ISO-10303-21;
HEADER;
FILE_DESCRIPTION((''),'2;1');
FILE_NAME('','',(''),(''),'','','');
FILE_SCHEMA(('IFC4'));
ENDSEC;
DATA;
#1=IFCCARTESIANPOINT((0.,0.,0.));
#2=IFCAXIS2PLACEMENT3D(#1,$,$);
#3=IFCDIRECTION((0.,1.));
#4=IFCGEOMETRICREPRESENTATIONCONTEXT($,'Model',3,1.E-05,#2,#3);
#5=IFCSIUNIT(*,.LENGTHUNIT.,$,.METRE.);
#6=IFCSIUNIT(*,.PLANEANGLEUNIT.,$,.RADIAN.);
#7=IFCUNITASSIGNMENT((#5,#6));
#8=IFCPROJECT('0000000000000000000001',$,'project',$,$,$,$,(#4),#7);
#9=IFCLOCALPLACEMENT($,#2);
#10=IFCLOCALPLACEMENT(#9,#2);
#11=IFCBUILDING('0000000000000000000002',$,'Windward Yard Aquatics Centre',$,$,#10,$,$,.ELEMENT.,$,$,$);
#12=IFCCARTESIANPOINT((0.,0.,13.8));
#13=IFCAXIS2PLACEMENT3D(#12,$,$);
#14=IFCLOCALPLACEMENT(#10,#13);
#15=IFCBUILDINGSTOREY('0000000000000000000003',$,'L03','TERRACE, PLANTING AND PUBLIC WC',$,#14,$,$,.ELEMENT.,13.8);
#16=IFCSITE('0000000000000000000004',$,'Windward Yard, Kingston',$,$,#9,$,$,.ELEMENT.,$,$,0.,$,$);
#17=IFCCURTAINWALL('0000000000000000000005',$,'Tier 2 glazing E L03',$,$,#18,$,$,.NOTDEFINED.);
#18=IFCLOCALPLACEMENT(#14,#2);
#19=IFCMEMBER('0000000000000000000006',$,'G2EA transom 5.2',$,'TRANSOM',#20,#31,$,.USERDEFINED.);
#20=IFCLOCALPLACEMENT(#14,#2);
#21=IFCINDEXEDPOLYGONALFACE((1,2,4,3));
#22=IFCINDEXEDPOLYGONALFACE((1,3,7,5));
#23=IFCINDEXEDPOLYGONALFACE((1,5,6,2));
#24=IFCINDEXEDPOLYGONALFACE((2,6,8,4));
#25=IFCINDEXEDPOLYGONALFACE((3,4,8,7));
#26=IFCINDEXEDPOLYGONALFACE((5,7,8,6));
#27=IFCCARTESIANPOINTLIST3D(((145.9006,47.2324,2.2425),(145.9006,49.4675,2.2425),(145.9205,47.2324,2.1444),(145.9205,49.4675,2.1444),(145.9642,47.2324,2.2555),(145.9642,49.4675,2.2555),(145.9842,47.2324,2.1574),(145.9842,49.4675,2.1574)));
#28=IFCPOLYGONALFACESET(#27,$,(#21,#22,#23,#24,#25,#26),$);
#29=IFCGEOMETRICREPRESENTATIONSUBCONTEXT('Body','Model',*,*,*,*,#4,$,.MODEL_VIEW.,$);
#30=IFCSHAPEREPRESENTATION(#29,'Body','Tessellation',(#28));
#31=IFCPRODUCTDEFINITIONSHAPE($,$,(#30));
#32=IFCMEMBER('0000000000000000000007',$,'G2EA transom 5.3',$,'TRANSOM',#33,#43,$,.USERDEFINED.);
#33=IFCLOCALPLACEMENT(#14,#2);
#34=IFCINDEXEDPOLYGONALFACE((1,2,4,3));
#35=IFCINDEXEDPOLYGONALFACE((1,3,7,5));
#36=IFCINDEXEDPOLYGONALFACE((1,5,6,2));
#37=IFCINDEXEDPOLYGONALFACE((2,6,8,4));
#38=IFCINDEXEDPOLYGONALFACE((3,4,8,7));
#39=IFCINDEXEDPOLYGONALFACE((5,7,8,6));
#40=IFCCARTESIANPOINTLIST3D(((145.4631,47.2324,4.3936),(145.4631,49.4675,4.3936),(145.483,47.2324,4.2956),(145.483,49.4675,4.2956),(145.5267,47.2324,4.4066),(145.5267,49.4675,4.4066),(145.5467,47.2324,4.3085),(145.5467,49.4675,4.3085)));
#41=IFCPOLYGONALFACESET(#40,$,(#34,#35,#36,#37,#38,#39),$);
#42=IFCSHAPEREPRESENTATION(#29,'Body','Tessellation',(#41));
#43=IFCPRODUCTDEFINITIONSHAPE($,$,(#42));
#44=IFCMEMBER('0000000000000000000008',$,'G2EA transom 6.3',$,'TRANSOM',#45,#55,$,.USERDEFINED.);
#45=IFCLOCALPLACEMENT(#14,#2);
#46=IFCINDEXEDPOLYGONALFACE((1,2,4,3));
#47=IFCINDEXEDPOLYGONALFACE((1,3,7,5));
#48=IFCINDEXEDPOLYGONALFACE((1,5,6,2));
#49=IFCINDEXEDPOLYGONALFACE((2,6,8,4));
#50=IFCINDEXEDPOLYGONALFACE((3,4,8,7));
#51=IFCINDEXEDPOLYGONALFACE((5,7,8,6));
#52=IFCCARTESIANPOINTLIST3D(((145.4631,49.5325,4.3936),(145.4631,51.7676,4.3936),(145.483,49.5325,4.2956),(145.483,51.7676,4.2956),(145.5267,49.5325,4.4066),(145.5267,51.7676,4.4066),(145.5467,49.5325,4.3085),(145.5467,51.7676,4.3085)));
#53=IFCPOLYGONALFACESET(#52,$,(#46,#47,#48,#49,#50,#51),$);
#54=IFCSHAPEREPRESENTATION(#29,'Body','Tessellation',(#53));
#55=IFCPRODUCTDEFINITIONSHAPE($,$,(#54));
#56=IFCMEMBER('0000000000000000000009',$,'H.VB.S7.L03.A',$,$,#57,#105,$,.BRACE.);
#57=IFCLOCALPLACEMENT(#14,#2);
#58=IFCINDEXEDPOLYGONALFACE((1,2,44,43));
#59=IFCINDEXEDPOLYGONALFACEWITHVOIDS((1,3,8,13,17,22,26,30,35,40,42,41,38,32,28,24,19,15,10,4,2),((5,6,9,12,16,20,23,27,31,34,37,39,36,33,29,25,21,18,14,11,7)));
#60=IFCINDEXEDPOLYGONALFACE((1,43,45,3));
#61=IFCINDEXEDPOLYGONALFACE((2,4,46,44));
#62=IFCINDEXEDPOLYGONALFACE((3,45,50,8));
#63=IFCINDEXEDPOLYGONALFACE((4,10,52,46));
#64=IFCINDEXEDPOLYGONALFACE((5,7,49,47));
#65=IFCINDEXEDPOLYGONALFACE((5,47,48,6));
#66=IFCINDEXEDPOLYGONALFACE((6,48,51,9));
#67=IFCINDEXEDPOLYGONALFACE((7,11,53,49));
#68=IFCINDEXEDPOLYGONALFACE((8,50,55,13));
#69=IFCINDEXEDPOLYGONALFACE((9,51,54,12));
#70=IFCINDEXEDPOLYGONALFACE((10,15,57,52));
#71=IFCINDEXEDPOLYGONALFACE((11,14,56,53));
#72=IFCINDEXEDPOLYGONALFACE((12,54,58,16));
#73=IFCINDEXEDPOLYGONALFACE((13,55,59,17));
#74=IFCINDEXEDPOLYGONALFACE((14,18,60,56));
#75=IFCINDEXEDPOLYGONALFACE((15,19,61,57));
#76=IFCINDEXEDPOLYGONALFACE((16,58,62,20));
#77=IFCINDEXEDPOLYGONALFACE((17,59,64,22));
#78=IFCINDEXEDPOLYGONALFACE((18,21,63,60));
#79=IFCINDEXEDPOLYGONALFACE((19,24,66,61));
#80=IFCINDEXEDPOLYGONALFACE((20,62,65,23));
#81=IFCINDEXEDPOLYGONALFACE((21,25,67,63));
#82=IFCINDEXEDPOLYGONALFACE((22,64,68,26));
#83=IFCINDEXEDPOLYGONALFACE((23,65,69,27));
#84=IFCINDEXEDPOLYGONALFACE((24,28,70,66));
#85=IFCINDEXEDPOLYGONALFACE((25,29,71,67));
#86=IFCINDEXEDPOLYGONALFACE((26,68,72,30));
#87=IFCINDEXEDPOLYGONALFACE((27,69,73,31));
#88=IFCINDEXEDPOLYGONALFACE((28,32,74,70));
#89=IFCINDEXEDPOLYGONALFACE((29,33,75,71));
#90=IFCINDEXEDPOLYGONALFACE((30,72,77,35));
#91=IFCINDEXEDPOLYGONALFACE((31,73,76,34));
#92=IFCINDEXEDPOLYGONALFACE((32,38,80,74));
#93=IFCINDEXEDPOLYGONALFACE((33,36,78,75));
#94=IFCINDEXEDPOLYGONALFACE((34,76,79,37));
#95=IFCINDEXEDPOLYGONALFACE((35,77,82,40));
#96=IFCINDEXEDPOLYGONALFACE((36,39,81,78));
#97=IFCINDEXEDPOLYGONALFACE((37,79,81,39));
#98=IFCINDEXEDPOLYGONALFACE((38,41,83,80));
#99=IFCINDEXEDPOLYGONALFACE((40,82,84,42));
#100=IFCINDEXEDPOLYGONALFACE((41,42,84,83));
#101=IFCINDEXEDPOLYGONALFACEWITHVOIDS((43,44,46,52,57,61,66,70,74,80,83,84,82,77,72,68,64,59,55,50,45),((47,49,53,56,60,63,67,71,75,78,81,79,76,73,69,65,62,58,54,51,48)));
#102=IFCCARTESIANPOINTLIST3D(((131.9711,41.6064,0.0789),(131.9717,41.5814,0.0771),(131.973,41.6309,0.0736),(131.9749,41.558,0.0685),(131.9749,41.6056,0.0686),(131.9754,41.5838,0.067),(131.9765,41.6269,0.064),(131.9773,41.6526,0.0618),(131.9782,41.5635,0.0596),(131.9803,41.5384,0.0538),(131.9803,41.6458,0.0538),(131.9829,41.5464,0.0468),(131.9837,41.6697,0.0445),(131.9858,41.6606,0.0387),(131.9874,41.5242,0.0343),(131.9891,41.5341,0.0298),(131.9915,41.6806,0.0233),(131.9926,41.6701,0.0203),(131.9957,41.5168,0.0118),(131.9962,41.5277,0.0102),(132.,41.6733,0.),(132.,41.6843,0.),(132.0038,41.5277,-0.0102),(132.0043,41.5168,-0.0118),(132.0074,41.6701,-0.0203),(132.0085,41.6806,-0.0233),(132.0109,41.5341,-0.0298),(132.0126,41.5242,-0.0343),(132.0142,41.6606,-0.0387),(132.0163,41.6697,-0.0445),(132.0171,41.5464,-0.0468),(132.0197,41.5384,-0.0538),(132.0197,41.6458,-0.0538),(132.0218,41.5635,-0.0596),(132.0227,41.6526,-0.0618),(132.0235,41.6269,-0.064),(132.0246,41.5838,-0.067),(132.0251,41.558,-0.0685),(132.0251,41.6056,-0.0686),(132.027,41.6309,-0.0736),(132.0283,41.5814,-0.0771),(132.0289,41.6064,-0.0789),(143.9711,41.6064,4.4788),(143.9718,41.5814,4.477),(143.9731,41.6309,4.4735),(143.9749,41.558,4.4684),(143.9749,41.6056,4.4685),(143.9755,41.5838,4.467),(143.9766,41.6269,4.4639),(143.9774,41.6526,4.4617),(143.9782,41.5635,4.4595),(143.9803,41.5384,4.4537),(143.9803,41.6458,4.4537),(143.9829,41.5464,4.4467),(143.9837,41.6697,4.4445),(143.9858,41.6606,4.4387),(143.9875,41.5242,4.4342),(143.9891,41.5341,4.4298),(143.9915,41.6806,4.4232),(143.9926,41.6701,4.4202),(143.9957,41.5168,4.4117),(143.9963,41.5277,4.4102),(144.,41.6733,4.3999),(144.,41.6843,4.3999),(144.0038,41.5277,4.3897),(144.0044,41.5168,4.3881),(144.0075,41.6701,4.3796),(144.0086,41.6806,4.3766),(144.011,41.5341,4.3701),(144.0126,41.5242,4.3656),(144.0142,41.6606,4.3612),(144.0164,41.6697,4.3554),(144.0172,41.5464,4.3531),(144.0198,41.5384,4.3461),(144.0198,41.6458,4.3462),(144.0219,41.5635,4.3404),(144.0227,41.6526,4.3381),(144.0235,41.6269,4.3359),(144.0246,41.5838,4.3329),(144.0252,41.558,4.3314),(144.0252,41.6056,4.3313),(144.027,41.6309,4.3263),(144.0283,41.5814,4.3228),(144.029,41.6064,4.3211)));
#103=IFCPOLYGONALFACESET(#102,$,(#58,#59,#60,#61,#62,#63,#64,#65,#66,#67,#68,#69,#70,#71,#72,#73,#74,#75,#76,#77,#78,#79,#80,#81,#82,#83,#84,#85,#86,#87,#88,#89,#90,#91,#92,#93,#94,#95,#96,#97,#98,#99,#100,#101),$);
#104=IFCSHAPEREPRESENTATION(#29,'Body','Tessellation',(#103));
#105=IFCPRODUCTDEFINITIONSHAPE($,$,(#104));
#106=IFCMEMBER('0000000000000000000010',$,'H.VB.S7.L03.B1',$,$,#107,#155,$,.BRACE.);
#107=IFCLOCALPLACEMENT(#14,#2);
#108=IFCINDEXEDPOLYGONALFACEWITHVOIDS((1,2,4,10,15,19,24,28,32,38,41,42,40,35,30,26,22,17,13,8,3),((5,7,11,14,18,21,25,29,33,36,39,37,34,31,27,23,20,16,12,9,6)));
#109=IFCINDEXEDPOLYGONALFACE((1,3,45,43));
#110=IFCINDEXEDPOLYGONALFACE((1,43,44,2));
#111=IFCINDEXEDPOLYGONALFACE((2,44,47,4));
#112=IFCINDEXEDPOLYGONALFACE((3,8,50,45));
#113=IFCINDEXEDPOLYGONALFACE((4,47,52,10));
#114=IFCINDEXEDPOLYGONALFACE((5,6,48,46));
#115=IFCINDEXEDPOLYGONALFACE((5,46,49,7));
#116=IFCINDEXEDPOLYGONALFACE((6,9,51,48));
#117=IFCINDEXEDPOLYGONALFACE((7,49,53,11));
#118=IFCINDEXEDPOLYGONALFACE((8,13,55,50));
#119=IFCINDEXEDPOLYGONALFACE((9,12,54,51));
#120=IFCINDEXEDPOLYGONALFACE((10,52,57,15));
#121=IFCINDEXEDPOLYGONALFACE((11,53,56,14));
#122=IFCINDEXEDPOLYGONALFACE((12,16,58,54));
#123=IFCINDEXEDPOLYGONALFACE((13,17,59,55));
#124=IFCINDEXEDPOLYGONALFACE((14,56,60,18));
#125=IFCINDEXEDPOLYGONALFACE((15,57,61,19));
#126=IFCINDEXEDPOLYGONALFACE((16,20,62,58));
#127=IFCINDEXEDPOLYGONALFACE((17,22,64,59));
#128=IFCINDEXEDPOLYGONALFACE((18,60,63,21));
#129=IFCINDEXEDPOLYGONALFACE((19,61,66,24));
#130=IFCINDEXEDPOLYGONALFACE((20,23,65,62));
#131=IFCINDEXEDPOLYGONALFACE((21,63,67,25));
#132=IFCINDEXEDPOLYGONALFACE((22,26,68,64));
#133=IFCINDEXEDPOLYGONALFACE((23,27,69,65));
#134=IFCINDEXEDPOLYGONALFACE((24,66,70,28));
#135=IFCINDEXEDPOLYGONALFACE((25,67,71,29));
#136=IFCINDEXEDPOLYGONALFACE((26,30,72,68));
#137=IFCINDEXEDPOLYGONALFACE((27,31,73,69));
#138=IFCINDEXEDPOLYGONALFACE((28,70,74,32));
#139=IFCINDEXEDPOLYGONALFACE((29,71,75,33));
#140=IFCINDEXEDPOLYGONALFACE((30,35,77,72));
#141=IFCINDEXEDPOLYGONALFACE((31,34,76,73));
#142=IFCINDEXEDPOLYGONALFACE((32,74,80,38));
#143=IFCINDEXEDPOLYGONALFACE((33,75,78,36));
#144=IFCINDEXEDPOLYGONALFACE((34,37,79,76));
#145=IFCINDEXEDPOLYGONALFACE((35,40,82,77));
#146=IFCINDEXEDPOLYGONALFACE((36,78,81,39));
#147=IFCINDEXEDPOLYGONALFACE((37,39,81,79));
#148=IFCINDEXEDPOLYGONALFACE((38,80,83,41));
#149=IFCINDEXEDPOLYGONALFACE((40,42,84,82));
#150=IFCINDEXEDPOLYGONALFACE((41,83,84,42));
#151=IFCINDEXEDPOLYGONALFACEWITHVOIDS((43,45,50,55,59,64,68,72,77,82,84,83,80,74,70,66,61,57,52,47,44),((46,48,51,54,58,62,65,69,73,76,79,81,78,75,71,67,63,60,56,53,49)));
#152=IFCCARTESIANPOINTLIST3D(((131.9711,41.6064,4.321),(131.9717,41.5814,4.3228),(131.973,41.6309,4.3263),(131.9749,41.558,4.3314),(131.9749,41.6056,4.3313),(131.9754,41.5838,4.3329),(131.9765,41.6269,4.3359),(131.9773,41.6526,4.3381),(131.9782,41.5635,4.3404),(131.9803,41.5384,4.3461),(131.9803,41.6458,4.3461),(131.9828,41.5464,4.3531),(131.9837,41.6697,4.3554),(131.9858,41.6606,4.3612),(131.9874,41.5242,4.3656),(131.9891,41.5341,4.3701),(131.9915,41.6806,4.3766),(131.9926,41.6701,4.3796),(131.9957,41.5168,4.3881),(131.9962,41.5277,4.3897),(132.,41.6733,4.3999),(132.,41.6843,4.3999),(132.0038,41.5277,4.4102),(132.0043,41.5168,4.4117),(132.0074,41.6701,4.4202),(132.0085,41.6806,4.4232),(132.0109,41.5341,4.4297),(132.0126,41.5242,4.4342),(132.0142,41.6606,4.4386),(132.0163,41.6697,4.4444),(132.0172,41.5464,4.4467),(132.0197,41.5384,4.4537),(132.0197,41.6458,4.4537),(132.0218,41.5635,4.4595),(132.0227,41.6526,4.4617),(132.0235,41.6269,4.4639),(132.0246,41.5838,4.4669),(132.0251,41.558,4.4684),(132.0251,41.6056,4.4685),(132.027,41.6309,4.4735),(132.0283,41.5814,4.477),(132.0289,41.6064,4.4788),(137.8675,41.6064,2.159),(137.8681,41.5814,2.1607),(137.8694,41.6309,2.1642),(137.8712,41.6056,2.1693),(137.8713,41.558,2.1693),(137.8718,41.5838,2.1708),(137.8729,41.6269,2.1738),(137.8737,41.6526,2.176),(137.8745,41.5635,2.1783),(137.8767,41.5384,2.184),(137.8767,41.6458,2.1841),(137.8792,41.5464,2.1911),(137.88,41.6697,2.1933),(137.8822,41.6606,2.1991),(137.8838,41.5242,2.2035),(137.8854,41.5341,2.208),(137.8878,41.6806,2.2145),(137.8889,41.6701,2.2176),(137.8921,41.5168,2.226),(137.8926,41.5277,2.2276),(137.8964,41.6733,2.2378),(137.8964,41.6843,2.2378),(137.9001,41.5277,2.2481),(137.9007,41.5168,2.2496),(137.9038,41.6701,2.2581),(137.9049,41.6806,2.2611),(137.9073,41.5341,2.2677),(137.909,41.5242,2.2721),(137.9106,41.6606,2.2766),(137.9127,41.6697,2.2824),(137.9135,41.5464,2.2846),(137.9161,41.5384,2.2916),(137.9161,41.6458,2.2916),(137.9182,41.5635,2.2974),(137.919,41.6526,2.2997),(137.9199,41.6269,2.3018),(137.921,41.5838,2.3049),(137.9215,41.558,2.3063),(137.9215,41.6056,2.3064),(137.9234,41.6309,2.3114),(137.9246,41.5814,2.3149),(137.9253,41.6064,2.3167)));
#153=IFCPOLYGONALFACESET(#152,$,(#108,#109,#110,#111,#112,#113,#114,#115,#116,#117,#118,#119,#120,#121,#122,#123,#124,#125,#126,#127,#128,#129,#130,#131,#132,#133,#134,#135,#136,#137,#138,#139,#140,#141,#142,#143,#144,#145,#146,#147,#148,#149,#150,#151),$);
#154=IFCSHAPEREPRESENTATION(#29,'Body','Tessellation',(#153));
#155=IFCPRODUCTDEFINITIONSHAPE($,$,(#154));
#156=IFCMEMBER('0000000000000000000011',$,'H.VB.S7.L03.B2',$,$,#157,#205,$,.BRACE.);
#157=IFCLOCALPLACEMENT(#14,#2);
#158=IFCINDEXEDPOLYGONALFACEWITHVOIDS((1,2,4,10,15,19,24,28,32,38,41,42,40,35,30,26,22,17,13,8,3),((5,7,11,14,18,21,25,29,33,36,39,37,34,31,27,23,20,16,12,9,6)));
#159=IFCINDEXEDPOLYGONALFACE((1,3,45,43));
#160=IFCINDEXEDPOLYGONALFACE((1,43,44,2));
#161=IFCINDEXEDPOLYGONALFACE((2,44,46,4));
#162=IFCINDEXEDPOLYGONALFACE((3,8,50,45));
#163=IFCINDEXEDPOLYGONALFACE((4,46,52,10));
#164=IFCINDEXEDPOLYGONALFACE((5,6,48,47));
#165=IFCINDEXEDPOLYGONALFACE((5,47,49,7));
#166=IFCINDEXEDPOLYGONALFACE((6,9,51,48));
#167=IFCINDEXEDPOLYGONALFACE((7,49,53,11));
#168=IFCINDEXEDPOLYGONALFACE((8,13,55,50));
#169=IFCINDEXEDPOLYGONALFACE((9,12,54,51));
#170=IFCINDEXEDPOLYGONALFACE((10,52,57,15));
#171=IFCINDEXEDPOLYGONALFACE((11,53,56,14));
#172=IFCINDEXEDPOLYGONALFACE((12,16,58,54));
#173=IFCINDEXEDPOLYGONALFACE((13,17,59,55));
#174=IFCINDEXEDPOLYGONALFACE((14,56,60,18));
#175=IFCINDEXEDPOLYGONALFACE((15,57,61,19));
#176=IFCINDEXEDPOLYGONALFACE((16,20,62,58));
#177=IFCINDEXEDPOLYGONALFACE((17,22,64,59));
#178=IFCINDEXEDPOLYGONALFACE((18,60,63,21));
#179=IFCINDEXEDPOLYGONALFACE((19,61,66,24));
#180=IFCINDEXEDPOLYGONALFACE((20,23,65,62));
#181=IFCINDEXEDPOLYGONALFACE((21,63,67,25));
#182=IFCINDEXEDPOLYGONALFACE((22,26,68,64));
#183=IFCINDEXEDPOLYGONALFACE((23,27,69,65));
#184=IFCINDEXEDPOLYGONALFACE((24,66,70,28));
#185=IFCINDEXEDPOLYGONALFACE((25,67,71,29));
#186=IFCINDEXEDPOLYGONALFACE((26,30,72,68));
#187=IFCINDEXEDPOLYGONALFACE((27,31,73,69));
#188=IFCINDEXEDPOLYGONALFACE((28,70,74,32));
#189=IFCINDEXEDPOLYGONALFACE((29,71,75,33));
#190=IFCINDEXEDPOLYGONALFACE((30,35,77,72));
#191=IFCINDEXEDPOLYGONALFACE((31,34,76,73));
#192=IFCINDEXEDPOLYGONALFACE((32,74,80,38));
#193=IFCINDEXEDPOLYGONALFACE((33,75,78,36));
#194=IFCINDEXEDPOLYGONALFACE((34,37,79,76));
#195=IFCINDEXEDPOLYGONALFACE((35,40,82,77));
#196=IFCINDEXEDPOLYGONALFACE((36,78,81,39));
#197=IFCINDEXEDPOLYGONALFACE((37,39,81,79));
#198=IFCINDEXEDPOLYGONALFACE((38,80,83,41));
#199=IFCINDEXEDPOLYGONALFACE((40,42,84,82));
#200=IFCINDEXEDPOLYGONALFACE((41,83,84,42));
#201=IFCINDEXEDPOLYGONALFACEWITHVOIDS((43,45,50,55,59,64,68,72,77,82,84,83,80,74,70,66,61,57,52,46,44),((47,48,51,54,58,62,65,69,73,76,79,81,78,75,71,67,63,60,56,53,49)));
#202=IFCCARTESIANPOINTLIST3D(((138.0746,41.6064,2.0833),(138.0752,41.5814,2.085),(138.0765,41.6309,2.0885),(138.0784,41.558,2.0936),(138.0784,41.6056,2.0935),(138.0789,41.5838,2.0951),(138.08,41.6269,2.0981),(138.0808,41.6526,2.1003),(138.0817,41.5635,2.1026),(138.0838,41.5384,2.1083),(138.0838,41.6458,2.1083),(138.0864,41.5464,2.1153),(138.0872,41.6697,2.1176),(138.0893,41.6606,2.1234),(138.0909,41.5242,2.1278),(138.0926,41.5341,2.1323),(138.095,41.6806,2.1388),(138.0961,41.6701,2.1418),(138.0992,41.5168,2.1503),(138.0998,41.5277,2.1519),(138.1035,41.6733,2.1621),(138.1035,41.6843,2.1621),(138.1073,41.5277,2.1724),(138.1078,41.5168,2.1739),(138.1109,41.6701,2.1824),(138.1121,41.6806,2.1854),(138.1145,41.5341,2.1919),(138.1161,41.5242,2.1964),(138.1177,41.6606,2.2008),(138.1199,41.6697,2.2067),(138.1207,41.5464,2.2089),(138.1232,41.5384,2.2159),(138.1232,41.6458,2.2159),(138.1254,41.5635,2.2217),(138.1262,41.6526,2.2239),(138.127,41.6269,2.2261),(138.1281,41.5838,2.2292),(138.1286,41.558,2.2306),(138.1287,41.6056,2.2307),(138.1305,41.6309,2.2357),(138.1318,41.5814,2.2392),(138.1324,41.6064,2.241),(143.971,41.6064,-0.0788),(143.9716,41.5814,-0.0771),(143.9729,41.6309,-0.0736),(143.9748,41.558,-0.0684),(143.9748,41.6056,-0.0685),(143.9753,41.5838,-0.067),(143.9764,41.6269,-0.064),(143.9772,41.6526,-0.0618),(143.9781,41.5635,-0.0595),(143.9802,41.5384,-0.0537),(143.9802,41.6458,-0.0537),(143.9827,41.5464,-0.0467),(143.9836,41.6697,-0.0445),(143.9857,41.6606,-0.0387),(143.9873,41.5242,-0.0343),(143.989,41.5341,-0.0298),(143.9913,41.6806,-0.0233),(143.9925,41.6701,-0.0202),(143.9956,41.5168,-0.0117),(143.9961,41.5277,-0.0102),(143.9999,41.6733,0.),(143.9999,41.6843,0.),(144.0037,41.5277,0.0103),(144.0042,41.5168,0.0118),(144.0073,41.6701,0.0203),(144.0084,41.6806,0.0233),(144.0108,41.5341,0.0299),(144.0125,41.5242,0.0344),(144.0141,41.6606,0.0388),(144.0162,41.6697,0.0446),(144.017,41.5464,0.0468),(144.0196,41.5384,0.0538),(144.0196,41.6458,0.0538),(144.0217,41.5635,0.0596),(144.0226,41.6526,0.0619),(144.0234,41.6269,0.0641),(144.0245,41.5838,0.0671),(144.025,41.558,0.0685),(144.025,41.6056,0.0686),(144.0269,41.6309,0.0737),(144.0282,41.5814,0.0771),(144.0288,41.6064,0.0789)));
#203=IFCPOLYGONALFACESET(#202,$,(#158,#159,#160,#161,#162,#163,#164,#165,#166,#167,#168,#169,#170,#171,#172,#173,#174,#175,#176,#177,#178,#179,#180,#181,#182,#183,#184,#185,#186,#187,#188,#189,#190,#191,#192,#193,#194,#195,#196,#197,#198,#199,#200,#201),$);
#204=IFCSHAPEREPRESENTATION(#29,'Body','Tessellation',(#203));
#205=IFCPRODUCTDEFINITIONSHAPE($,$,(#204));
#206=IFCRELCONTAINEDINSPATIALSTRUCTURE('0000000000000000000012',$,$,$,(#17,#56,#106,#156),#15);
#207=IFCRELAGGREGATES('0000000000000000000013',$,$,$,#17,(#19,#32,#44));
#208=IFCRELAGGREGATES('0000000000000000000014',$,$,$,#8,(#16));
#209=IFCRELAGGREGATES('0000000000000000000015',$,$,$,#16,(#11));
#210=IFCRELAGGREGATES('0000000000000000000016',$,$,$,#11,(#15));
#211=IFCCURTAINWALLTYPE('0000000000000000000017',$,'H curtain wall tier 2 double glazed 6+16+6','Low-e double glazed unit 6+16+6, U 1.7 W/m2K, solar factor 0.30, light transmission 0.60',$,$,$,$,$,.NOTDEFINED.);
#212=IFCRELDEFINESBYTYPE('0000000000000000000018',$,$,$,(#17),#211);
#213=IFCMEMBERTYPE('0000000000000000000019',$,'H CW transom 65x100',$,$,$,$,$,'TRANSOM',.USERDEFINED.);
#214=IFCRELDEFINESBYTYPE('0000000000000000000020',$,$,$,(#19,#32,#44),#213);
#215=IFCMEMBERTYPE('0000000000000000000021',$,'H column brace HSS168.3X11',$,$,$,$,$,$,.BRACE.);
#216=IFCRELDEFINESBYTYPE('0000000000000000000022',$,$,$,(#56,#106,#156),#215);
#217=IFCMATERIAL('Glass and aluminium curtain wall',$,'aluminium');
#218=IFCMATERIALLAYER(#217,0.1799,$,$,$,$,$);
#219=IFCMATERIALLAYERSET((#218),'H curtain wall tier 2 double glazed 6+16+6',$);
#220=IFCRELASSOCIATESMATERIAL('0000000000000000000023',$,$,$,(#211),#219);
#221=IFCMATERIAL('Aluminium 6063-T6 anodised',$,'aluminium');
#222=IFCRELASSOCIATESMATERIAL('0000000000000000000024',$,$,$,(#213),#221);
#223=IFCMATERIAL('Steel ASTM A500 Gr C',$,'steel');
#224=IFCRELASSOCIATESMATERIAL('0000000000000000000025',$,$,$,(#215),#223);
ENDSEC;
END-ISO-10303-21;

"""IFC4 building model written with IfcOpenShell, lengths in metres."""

from ifc_helpers import new_model, si_unit, direction, frame, origin, origin_2d, place, context, subcontext, project, spatial, rectangle, hollow_circle, extrude, material, layer, layer_set, material_profile, profile_set, type_object, element, aggregate, save


model = new_model("IFC4")

# Units and contexts
model_context = context("Model", 3, precision=1e-05, world=origin(), true_north=direction((0.0, 1.0)))
body_context = subcontext(model_context, "Body", "Model", "MODEL_VIEW")
ifc_project = project(units=[si_unit("LENGTHUNIT", "METRE"), si_unit("PLANEANGLEUNIT", "RADIAN")], contexts=[model_context])

# Site, building, storey
site_placement = place(None, origin())
site = spatial("IfcSite", under=ifc_project, at=site_placement, Name="Windward Yard, Kingston", CompositionType="ELEMENT", RefElevation=0.0)
building_placement = place(site_placement, origin())
building = spatial("IfcBuilding", under=site, at=building_placement, Name="Windward Yard Aquatics Centre", CompositionType="ELEMENT")
storey_placement = place(building_placement, frame((0.0, 0.0, 13.8)))
storey = spatial("IfcBuildingStorey", under=building, at=storey_placement, Name="L03", Description="TERRACE, PLANTING AND PUBLIC WC", CompositionType="ELEMENT", Elevation=13.8)

# Shared definitions
ifc_material_1 = material(Name="Steel ASTM A500 Gr C", Category="steel")

# Curtain wall, members
ifc_material_2 = material(Name="Glass and aluminium curtain wall", Category="aluminium")
ifc_layer_1 = layer(ifc_material_2, 0.1799)
ifc_layer_set_1 = layer_set([ifc_layer_1], Name="H curtain wall tier 2 double glazed 6+16+6")
curtain_wall_type = type_object("IfcCurtainWallType", Name="H curtain wall tier 2 double glazed 6+16+6", Description="Low-e double glazed unit 6+16+6, U 1.7 W/m2K, solar factor 0.30, light transmission 0.60", PredefinedType="NOTDEFINED", material=ifc_layer_set_1)
curtain_wall_placement = place(storey_placement, origin())
curtain_wall = element("IfcCurtainWall", 1, at=curtain_wall_placement, inside=storey, type_object=curtain_wall_type, Name="Tier 2 glazing E L03", PredefinedType="NOTDEFINED")
ifc_material_3 = material(Name="Aluminium 6063-T6 anodised", Category="aluminium")
ifc_material_profile_1 = material_profile(ifc_material_3, rectangle(XDim=0.0649, YDim=0.1001, at=origin_2d()), Name="H CW transom 65x100")
ifc_profile_set_1 = profile_set([ifc_material_profile_1], Name="Aluminium 6063-T6 anodised")
member_type_1 = type_object("IfcMemberType", Name="H CW transom 65x100", ElementType="TRANSOM", PredefinedType="USERDEFINED", material=ifc_profile_set_1)
member_1_placement = place(storey_placement, frame((145.9424, 47.2324, 2.2), z_axis=(0.0, 1.0, 0.0), x_axis=(0.979925, 0.0, 0.199368)))
member_1 = element("IfcMember", 2, at=member_1_placement, type_object=member_type_1, Name="G2EA transom 5.2", ObjectType="TRANSOM", PredefinedType="USERDEFINED", context=body_context, shape_type="SweptSolid", body=[
    extrude(rectangle(XDim=0.0649, YDim=0.1001, at=origin_2d()), origin(), (0.0, 0.0, 1.0), 2.2351),
])
member_2_placement = place(storey_placement, frame((145.5049, 47.2324, 4.3511), z_axis=(0.0, 1.0, 0.0), x_axis=(0.979925, 0.0, 0.199368)))
member_2 = element("IfcMember", 3, at=member_2_placement, type_object=member_type_1, Name="G2EA transom 5.3", ObjectType="TRANSOM", PredefinedType="USERDEFINED", context=body_context, shape_type="SweptSolid", body=[
    extrude(rectangle(XDim=0.0649, YDim=0.1001, at=origin_2d()), origin(), (0.0, 0.0, 1.0), 2.2351),
])
member_3_placement = place(storey_placement, frame((145.5049, 49.5325, 4.3511), z_axis=(0.0, 1.0, 0.0), x_axis=(0.979925, 0.0, 0.199368)))
member_3 = element("IfcMember", 4, at=member_3_placement, type_object=member_type_1, Name="G2EA transom 6.3", ObjectType="TRANSOM", PredefinedType="USERDEFINED", context=body_context, shape_type="SweptSolid", body=[
    extrude(rectangle(XDim=0.0649, YDim=0.1001, at=origin_2d()), origin(), (0.0, 0.0, 1.0), 2.2351),
])

# Members
ifc_material_profile_2 = material_profile(ifc_material_1, hollow_circle(Radius=0.0842, WallThickness=0.011, at=origin_2d()), Name="HSS168.3X11")
ifc_profile_set_2 = profile_set([ifc_material_profile_2], Name="Steel ASTM A500 Gr C")
member_type_2 = type_object("IfcMemberType", Name="H column brace HSS168.3X11", PredefinedType="BRACE", material=ifc_profile_set_2)
member_4_placement = place(storey_placement, frame((132.0, 41.6001, 0.0), z_axis=(0.938879, 0.0, 0.344248), x_axis=(0.0, 1.0, 0.0)))
element("IfcMember", 5, at=member_4_placement, inside=storey, type_object=member_type_2, Name="H.VB.S7.L03.A", PredefinedType="BRACE", context=body_context, shape_type="SweptSolid", body=[
    extrude(hollow_circle(Radius=0.0842, WallThickness=0.011, at=origin_2d()), origin(), (0.0, 0.0, 1.0), 12.7812),
])
for number, where, z_axis, x_axis, name in (
    (6, (132.0, 41.6001, 4.3999), (0.938873, 0.0, -0.344264), (0.0, 1.0, 0.0), "H.VB.S7.L03.B1"),
    (7, (138.1035, 41.6001, 2.1621), (0.938873, 0.0, -0.344264), (0.0, 1.0, 0.0), "H.VB.S7.L03.B2"),
):
    element("IfcMember", number, at=place(storey_placement, frame(where, z_axis=z_axis, x_axis=x_axis)), inside=storey, type_object=member_type_2, Name=name, PredefinedType="BRACE", context=body_context, shape_type="SweptSolid", body=[
        extrude(hollow_circle(Radius=0.0842, WallThickness=0.011, at=origin_2d()), origin(), (0.0, 0.0, 1.0), 6.2803),
    ])

aggregate(curtain_wall, [member_1, member_2, member_3])

save(model, "model.ifc")
